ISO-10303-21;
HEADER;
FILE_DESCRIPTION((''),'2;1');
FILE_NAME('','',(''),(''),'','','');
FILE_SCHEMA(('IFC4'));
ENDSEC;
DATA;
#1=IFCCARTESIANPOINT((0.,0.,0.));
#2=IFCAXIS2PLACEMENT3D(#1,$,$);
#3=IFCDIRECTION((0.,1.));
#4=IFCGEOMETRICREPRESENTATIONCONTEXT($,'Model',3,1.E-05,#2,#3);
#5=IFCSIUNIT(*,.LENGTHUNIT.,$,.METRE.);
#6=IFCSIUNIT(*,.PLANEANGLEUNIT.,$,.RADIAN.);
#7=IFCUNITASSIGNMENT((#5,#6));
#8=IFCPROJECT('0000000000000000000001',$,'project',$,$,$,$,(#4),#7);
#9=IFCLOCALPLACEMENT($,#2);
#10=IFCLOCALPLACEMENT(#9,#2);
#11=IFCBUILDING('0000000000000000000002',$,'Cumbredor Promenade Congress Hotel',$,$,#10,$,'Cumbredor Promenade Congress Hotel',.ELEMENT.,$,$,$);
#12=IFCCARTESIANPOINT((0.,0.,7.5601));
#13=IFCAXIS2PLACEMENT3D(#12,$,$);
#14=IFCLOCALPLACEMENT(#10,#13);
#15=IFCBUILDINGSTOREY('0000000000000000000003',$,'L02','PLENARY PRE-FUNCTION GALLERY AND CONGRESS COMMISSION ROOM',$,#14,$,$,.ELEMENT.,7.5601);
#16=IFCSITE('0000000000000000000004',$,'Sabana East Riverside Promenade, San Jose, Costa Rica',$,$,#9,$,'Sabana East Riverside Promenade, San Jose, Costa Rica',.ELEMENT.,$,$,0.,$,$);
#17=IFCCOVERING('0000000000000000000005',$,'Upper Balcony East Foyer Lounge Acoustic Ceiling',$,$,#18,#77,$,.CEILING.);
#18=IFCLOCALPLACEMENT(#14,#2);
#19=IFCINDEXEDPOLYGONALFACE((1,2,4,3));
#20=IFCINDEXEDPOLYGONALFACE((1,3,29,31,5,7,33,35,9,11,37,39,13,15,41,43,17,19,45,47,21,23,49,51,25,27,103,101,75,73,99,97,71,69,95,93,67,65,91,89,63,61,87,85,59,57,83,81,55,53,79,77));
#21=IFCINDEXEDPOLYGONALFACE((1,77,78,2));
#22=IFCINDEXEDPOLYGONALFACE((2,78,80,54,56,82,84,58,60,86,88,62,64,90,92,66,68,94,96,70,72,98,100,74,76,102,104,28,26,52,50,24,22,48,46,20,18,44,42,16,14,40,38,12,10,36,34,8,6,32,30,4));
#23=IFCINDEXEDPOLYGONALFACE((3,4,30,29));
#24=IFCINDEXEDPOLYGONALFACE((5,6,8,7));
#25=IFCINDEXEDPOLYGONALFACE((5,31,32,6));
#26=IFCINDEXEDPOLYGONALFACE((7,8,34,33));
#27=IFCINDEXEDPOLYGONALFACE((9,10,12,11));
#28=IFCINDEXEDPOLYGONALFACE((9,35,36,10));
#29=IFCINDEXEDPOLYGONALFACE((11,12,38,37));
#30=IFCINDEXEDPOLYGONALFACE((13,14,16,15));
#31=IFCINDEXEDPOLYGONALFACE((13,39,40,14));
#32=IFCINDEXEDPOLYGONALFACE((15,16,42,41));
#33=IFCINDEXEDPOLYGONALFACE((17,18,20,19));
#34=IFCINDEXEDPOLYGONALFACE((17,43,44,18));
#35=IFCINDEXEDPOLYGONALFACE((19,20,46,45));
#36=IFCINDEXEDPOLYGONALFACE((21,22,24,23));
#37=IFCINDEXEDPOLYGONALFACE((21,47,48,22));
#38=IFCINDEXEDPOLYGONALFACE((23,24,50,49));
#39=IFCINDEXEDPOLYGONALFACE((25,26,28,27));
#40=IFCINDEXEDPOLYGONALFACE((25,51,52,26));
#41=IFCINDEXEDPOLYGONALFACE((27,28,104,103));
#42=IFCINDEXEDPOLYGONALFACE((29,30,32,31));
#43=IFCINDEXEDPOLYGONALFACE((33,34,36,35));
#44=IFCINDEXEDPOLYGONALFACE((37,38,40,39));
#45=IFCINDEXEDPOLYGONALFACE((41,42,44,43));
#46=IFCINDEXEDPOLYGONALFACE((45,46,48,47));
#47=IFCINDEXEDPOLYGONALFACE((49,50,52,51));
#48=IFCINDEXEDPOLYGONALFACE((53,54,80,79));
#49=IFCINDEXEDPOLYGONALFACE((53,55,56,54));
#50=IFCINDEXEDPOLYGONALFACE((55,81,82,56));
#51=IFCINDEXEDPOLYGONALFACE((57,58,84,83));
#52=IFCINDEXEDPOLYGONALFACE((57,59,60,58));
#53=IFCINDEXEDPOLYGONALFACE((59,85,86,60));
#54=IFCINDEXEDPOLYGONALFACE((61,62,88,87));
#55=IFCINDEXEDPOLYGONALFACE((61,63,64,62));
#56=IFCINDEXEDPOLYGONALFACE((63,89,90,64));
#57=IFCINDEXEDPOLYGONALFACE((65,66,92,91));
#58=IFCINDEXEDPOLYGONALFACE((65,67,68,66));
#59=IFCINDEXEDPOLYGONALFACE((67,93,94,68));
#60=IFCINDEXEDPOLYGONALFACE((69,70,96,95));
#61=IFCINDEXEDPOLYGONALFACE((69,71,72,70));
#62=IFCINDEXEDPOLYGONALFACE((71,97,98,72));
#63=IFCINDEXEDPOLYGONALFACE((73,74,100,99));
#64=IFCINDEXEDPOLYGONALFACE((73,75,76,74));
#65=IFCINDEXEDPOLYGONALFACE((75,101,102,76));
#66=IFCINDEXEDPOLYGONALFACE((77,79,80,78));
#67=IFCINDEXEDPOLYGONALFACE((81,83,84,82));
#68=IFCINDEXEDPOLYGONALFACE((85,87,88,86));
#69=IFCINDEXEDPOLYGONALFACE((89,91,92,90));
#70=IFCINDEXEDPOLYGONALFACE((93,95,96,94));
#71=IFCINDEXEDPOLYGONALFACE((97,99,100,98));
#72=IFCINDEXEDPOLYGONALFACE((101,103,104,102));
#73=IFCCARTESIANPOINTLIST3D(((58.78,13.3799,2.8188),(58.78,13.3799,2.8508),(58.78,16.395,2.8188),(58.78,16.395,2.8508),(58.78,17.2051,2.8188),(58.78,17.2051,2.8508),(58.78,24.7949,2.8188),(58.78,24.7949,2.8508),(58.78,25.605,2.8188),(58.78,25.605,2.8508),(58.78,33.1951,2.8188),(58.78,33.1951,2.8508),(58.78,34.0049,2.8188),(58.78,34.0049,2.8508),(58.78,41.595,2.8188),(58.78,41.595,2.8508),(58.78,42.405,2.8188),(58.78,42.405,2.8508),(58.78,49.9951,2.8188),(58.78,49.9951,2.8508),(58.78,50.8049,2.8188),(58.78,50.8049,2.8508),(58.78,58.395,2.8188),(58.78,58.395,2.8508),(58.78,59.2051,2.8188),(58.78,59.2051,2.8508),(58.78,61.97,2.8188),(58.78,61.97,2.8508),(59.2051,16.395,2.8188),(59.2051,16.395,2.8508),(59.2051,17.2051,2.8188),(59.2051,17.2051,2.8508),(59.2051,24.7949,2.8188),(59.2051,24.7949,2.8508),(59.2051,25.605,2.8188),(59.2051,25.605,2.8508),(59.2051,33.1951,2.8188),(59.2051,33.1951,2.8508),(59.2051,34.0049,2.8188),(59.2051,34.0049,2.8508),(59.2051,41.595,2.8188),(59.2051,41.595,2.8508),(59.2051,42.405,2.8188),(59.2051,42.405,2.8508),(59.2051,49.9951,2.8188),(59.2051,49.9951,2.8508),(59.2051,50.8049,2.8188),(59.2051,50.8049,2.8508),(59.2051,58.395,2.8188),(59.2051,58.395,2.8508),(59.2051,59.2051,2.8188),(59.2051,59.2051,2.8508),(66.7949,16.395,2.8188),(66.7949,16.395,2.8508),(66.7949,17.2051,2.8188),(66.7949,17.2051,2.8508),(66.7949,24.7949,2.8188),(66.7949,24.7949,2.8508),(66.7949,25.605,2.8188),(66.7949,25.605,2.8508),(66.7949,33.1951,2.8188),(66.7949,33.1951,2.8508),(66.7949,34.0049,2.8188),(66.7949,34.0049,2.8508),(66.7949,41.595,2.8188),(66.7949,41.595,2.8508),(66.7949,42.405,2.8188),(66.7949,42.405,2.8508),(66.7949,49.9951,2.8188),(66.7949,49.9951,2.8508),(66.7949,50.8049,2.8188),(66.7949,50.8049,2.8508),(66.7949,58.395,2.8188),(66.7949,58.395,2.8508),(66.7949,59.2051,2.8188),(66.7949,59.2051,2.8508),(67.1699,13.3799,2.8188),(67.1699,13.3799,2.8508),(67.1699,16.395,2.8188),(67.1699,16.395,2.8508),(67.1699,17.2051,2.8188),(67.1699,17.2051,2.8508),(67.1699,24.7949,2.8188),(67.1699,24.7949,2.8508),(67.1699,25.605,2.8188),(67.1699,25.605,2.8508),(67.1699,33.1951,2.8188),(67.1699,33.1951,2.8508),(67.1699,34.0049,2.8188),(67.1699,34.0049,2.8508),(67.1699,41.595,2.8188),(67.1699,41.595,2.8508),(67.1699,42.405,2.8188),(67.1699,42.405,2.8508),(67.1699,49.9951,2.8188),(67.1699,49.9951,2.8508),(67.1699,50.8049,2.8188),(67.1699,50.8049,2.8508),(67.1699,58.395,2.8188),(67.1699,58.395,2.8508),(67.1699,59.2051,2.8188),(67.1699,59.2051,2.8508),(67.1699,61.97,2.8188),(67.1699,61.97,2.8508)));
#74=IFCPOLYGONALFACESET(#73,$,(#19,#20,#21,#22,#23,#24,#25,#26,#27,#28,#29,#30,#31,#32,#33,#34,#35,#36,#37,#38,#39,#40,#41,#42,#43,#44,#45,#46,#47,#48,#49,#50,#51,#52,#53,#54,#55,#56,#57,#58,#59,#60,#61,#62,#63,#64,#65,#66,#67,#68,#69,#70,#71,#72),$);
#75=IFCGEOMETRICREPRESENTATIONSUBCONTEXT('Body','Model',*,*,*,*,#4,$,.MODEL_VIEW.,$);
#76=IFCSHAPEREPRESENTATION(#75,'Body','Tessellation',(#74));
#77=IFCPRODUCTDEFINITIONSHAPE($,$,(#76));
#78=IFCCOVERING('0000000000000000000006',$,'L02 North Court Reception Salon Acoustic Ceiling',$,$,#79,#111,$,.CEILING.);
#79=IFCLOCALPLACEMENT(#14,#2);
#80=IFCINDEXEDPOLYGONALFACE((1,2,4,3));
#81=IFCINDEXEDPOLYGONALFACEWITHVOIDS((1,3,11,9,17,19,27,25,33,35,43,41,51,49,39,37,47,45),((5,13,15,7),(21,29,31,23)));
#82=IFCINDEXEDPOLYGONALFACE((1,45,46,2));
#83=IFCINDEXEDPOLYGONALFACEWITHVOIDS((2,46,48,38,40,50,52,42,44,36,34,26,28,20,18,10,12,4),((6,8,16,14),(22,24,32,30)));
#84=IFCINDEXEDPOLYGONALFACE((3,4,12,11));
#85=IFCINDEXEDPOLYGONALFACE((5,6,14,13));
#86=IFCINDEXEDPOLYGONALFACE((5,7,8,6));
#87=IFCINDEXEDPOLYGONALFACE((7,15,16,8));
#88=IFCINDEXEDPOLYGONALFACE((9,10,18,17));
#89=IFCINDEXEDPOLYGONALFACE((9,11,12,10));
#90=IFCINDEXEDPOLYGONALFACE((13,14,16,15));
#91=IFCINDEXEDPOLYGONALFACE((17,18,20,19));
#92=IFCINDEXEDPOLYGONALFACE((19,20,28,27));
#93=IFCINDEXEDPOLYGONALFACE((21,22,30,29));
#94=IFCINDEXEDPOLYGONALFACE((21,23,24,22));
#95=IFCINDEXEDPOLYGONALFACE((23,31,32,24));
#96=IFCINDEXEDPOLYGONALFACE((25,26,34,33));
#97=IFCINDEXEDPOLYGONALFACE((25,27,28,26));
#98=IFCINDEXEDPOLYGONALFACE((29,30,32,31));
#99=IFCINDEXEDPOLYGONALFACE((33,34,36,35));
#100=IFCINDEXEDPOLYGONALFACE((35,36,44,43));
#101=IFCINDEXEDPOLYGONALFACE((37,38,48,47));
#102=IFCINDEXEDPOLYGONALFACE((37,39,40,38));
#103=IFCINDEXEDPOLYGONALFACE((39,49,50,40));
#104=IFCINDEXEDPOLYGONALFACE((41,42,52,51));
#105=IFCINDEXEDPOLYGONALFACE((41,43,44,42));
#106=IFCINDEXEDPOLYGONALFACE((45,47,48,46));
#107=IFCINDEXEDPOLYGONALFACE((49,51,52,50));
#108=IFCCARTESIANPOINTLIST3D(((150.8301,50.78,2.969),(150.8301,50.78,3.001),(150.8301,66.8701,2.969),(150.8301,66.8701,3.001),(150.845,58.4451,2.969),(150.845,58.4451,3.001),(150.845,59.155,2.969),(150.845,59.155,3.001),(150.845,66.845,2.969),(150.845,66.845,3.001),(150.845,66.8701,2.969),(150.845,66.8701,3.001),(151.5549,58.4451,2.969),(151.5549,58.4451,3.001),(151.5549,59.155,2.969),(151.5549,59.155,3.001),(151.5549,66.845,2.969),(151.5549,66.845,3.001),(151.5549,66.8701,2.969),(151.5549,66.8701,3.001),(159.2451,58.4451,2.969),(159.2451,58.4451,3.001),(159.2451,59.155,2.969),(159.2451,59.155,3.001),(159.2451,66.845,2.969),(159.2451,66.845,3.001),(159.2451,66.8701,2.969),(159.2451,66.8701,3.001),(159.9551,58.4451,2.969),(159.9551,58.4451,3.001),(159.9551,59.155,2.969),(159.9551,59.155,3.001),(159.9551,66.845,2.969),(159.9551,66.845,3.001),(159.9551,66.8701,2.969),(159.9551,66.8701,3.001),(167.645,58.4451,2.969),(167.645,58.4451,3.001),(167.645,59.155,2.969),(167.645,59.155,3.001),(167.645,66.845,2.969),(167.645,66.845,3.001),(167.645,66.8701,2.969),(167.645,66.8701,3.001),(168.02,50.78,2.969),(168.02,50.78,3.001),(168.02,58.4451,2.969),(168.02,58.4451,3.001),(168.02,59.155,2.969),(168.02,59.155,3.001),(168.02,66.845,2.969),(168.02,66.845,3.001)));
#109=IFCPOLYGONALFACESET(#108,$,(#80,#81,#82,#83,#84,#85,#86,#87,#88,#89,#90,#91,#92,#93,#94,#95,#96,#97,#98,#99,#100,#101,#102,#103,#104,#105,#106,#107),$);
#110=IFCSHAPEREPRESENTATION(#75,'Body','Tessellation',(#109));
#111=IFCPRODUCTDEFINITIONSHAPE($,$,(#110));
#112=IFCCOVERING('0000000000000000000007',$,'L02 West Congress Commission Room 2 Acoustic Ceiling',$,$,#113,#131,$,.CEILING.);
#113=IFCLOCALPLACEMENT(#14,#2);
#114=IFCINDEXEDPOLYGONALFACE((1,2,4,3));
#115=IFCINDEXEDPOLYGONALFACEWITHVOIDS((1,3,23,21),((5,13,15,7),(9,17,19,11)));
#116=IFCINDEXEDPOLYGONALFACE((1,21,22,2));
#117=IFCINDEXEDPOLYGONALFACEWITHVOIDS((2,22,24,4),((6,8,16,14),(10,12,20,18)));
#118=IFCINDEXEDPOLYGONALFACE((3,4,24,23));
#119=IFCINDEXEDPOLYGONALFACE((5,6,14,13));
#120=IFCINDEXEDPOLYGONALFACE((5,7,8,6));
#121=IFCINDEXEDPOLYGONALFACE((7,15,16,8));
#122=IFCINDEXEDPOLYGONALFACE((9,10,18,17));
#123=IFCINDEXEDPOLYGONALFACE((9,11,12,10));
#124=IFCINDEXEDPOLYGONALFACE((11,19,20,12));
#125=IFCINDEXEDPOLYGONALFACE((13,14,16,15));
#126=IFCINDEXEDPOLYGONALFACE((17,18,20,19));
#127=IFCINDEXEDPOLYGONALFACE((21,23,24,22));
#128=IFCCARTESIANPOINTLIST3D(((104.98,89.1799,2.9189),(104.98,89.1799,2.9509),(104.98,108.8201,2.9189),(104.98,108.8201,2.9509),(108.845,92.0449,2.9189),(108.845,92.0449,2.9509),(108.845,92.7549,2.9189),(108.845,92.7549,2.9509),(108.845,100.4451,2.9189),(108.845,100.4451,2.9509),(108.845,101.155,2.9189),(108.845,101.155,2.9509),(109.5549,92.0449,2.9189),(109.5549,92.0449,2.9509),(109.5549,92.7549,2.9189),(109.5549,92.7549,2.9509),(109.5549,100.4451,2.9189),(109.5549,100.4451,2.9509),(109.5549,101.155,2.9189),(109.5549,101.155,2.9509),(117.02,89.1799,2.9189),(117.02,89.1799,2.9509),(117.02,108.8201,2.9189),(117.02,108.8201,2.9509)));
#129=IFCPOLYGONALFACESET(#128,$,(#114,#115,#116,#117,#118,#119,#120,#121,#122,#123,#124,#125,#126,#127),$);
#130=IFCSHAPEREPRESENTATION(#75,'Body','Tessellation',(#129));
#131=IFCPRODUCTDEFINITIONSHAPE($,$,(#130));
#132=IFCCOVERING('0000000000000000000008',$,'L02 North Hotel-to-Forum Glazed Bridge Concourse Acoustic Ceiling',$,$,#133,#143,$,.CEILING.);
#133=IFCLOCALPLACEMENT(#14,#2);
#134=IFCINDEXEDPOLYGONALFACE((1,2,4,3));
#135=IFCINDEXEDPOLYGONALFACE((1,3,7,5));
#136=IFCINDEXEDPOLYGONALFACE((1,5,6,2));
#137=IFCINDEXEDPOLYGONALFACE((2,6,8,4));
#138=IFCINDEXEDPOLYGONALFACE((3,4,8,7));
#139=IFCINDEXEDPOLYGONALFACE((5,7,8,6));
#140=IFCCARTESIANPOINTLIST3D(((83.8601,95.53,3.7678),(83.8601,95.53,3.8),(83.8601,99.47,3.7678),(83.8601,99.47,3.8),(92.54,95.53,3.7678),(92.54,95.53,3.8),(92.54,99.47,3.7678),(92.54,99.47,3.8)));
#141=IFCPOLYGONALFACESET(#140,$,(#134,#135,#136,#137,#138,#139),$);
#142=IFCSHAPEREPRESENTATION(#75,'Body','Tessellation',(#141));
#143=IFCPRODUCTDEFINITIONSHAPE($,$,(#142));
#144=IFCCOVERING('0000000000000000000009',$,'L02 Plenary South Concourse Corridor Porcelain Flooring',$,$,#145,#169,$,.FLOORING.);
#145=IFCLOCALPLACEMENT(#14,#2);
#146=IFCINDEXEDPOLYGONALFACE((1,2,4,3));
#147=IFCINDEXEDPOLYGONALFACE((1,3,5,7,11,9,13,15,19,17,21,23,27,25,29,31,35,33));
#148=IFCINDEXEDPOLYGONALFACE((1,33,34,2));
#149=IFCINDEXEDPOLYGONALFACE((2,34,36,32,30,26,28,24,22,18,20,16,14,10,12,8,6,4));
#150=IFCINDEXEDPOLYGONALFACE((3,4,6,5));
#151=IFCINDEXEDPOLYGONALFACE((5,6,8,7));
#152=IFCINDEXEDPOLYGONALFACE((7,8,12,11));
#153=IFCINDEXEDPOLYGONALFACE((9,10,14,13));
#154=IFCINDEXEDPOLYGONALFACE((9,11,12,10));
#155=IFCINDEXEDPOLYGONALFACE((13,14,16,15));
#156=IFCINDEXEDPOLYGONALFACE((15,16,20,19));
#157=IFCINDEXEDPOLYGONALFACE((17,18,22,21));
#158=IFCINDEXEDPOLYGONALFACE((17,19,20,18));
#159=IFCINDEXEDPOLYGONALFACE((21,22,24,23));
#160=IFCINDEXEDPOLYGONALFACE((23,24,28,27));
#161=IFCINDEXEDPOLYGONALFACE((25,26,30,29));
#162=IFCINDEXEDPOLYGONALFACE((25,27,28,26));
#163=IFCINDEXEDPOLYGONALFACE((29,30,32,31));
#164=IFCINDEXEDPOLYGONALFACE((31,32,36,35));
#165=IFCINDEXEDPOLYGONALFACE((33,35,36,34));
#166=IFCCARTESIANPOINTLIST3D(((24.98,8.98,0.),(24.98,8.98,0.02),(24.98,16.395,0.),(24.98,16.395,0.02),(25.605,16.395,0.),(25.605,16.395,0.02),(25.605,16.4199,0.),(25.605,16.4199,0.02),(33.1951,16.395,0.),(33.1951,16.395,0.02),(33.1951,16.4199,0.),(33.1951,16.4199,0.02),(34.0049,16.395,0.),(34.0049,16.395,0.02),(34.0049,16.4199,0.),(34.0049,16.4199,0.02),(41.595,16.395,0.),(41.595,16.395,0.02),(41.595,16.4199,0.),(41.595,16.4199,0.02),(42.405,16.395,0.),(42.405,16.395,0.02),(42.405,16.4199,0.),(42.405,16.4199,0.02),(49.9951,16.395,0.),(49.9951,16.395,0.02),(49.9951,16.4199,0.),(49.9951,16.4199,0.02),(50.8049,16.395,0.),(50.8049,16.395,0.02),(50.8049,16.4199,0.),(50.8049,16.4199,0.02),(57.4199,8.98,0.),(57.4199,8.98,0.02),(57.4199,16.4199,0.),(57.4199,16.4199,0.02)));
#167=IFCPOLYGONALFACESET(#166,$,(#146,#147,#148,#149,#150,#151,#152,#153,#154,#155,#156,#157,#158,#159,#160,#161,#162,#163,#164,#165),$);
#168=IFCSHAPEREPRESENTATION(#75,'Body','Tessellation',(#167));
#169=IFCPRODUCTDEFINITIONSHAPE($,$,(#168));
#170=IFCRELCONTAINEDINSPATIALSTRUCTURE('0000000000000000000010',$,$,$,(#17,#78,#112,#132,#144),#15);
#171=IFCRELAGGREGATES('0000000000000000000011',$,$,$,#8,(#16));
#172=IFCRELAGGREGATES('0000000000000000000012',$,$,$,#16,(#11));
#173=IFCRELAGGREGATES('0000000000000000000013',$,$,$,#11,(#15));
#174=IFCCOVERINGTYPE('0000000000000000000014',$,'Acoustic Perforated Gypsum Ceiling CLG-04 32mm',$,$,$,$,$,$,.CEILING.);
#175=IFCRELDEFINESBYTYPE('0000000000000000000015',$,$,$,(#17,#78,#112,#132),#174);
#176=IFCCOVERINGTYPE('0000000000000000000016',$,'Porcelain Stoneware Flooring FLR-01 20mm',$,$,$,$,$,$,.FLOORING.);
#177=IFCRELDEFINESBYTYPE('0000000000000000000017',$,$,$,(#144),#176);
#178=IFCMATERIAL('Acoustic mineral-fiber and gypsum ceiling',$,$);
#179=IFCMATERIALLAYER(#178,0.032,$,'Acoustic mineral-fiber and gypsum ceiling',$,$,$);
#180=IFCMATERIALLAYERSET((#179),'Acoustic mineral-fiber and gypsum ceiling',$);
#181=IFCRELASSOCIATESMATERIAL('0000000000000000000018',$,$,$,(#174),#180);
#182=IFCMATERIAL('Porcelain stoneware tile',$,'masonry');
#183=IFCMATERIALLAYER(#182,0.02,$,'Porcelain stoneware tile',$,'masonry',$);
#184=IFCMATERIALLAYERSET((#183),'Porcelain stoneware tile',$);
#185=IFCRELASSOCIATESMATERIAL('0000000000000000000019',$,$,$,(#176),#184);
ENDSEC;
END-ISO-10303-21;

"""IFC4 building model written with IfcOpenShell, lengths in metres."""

from ifc_helpers import new_model, si_unit, direction, frame, origin, place, context, subcontext, project, spatial, polyline, outline, extrude, material, layer, layer_set, type_object, element, save


model = new_model("IFC4")

# Units and contexts
model_context = context("Model", 3, precision=1e-05, world=origin(), true_north=direction((0.0, 1.0)))
body_context = subcontext(model_context, "Body", "Model", "MODEL_VIEW")
ifc_project = project(units=[si_unit("LENGTHUNIT", "METRE"), si_unit("PLANEANGLEUNIT", "RADIAN")], contexts=[model_context])

# Site, building, storey
site_placement = place(None, origin())
site = spatial("IfcSite", under=ifc_project, at=site_placement, Name="Sabana East Riverside Promenade, San Jose, Costa Rica", LongName="Sabana East Riverside Promenade, San Jose, Costa Rica", CompositionType="ELEMENT", RefElevation=0.0)
building_placement = place(site_placement, origin())
building = spatial("IfcBuilding", under=site, at=building_placement, Name="Cumbredor Promenade Congress Hotel", LongName="Cumbredor Promenade Congress Hotel", CompositionType="ELEMENT")
storey_placement = place(building_placement, frame((0.0, 0.0, 7.5601)))
storey = spatial("IfcBuildingStorey", under=building, at=storey_placement, Name="L02", Description="PLENARY PRE-FUNCTION GALLERY AND CONGRESS COMMISSION ROOM", CompositionType="ELEMENT", Elevation=7.5601)

# Coverings
ifc_material_1 = material(Name="Acoustic mineral-fiber and gypsum ceiling")
ifc_layer_1 = layer(ifc_material_1, 0.032, Name="Acoustic mineral-fiber and gypsum ceiling")
ifc_layer_set_1 = layer_set([ifc_layer_1], Name="Acoustic mineral-fiber and gypsum ceiling")
covering_type_1 = type_object("IfcCoveringType", Name="Acoustic Perforated Gypsum Ceiling CLG-04 32mm", PredefinedType="CEILING", material=ifc_layer_set_1)
covering_1_placement = place(storey_placement, frame((0.0, 0.0, 2.8188)))
element("IfcCovering", 1, at=covering_1_placement, inside=storey, type_object=covering_type_1, Name="Upper Balcony East Foyer Lounge Acoustic Ceiling", PredefinedType="CEILING", context=body_context, shape_type="SweptSolid", body=[
    extrude(outline(polyline([(58.78, 33.1951), (59.2051, 33.1951), (59.2051, 34.0049), (58.78, 34.0049), (58.78, 41.595), (59.2051, 41.595), (59.2051, 42.405), (58.78, 42.405), (58.78, 49.9951), (59.2051, 49.9951), (59.2051, 50.8049), (58.78, 50.8049), (58.78, 58.395), (59.2051, 58.395), (59.2051, 59.2051), (58.78, 59.2051), (58.78, 61.97), (67.1699, 61.97), (67.1699, 59.2051), (66.7949, 59.2051), (66.7949, 58.395), (67.1699, 58.395), (67.1699, 50.8049), (66.7949, 50.8049), (66.7949, 49.9951), (67.1699, 49.9951), (67.1699, 42.405), (66.7949, 42.405), (66.7949, 41.595), (67.1699, 41.595), (67.1699, 34.0049), (66.7949, 34.0049), (66.7949, 33.1951), (67.1699, 33.1951), (67.1699, 25.605), (66.7949, 25.605), (66.7949, 24.7949), (67.1699, 24.7949), (67.1699, 17.2051), (66.7949, 17.2051), (66.7949, 16.395), (67.1699, 16.395), (67.1699, 13.3799), (58.78, 13.3799), (58.78, 16.395), (59.2051, 16.395), (59.2051, 17.2051), (58.78, 17.2051), (58.78, 24.7949), (59.2051, 24.7949), (59.2051, 25.605), (58.78, 25.605), (58.78, 33.1951)])), origin(), (0.0, 0.0, 1.0), 0.032),
])
covering_2_placement = place(storey_placement, frame((0.0, 0.0, 2.969)))
element("IfcCovering", 2, at=covering_2_placement, inside=storey, type_object=covering_type_1, Name="L02 North Court Reception Salon Acoustic Ceiling", PredefinedType="CEILING", context=body_context, shape_type="SweptSolid", body=[
    extrude(outline(polyline([(150.845, 66.845), (151.5549, 66.845), (151.5549, 66.8701), (159.2451, 66.8701), (159.2451, 66.845), (159.9551, 66.845), (159.9551, 66.8701), (167.645, 66.8701), (167.645, 66.845), (168.02, 66.845), (168.02, 59.155), (167.645, 59.155), (167.645, 58.4451), (168.02, 58.4451), (168.02, 50.78), (150.8301, 50.78), (150.8301, 66.8701), (150.845, 66.8701), (150.845, 66.845)]), holes=[polyline([(150.845, 59.155), (150.845, 58.4451), (151.5549, 58.4451), (151.5549, 59.155), (150.845, 59.155)]), polyline([(159.9551, 58.4451), (159.9551, 59.155), (159.2451, 59.155), (159.2451, 58.4451), (159.9551, 58.4451)])]), origin(), (0.0, 0.0, 1.0), 0.032),
])
covering_3_placement = place(storey_placement, frame((0.0, 0.0, 2.9189)))
element("IfcCovering", 3, at=covering_3_placement, inside=storey, type_object=covering_type_1, Name="L02 West Congress Commission Room 2 Acoustic Ceiling", PredefinedType="CEILING", context=body_context, shape_type="SweptSolid", body=[
    extrude(outline(polyline([(117.02, 89.1799), (104.98, 89.1799), (104.98, 108.8201), (117.02, 108.8201), (117.02, 89.1799)]), holes=[polyline([(108.845, 92.7549), (108.845, 92.0449), (109.5549, 92.0449), (109.5549, 92.7549), (108.845, 92.7549)]), polyline([(109.5549, 101.155), (108.845, 101.155), (108.845, 100.4451), (109.5549, 100.4451), (109.5549, 101.155)])]), origin(), (0.0, 0.0, 1.0), 0.032),
])
covering_4_placement = place(storey_placement, frame((0.0, 0.0, 3.7678)))
element("IfcCovering", 4, at=covering_4_placement, inside=storey, type_object=covering_type_1, Name="L02 North Hotel-to-Forum Glazed Bridge Concourse Acoustic Ceiling", PredefinedType="CEILING", context=body_context, shape_type="SweptSolid", body=[
    extrude(outline(polyline([(83.8601, 99.47), (92.54, 99.47), (92.54, 95.53), (83.8601, 95.53), (83.8601, 99.47)])), origin(), (0.0, 0.0, 1.0), 0.0322),
])
ifc_material_2 = material(Name="Porcelain stoneware tile", Category="masonry")
ifc_layer_2 = layer(ifc_material_2, 0.02, Name="Porcelain stoneware tile", Category="masonry")
ifc_layer_set_2 = layer_set([ifc_layer_2], Name="Porcelain stoneware tile")
covering_type_2 = type_object("IfcCoveringType", Name="Porcelain Stoneware Flooring FLR-01 20mm", PredefinedType="FLOORING", material=ifc_layer_set_2)
covering_5_placement = place(storey_placement, origin())
element("IfcCovering", 5, at=covering_5_placement, inside=storey, type_object=covering_type_2, Name="L02 Plenary South Concourse Corridor Porcelain Flooring", PredefinedType="FLOORING", context=body_context, shape_type="SweptSolid", body=[
    extrude(outline(polyline([(24.98, 16.395), (25.605, 16.395), (25.605, 16.4199), (33.1951, 16.4199), (33.1951, 16.395), (34.0049, 16.395), (34.0049, 16.4199), (41.595, 16.4199), (41.595, 16.395), (42.405, 16.395), (42.405, 16.4199), (49.9951, 16.4199), (49.9951, 16.395), (50.8049, 16.395), (50.8049, 16.4199), (57.4199, 16.4199), (57.4199, 8.98), (24.98, 8.98), (24.98, 16.395)])), origin(), (0.0, 0.0, 1.0), 0.02),
])

save(model, "model.ifc")
